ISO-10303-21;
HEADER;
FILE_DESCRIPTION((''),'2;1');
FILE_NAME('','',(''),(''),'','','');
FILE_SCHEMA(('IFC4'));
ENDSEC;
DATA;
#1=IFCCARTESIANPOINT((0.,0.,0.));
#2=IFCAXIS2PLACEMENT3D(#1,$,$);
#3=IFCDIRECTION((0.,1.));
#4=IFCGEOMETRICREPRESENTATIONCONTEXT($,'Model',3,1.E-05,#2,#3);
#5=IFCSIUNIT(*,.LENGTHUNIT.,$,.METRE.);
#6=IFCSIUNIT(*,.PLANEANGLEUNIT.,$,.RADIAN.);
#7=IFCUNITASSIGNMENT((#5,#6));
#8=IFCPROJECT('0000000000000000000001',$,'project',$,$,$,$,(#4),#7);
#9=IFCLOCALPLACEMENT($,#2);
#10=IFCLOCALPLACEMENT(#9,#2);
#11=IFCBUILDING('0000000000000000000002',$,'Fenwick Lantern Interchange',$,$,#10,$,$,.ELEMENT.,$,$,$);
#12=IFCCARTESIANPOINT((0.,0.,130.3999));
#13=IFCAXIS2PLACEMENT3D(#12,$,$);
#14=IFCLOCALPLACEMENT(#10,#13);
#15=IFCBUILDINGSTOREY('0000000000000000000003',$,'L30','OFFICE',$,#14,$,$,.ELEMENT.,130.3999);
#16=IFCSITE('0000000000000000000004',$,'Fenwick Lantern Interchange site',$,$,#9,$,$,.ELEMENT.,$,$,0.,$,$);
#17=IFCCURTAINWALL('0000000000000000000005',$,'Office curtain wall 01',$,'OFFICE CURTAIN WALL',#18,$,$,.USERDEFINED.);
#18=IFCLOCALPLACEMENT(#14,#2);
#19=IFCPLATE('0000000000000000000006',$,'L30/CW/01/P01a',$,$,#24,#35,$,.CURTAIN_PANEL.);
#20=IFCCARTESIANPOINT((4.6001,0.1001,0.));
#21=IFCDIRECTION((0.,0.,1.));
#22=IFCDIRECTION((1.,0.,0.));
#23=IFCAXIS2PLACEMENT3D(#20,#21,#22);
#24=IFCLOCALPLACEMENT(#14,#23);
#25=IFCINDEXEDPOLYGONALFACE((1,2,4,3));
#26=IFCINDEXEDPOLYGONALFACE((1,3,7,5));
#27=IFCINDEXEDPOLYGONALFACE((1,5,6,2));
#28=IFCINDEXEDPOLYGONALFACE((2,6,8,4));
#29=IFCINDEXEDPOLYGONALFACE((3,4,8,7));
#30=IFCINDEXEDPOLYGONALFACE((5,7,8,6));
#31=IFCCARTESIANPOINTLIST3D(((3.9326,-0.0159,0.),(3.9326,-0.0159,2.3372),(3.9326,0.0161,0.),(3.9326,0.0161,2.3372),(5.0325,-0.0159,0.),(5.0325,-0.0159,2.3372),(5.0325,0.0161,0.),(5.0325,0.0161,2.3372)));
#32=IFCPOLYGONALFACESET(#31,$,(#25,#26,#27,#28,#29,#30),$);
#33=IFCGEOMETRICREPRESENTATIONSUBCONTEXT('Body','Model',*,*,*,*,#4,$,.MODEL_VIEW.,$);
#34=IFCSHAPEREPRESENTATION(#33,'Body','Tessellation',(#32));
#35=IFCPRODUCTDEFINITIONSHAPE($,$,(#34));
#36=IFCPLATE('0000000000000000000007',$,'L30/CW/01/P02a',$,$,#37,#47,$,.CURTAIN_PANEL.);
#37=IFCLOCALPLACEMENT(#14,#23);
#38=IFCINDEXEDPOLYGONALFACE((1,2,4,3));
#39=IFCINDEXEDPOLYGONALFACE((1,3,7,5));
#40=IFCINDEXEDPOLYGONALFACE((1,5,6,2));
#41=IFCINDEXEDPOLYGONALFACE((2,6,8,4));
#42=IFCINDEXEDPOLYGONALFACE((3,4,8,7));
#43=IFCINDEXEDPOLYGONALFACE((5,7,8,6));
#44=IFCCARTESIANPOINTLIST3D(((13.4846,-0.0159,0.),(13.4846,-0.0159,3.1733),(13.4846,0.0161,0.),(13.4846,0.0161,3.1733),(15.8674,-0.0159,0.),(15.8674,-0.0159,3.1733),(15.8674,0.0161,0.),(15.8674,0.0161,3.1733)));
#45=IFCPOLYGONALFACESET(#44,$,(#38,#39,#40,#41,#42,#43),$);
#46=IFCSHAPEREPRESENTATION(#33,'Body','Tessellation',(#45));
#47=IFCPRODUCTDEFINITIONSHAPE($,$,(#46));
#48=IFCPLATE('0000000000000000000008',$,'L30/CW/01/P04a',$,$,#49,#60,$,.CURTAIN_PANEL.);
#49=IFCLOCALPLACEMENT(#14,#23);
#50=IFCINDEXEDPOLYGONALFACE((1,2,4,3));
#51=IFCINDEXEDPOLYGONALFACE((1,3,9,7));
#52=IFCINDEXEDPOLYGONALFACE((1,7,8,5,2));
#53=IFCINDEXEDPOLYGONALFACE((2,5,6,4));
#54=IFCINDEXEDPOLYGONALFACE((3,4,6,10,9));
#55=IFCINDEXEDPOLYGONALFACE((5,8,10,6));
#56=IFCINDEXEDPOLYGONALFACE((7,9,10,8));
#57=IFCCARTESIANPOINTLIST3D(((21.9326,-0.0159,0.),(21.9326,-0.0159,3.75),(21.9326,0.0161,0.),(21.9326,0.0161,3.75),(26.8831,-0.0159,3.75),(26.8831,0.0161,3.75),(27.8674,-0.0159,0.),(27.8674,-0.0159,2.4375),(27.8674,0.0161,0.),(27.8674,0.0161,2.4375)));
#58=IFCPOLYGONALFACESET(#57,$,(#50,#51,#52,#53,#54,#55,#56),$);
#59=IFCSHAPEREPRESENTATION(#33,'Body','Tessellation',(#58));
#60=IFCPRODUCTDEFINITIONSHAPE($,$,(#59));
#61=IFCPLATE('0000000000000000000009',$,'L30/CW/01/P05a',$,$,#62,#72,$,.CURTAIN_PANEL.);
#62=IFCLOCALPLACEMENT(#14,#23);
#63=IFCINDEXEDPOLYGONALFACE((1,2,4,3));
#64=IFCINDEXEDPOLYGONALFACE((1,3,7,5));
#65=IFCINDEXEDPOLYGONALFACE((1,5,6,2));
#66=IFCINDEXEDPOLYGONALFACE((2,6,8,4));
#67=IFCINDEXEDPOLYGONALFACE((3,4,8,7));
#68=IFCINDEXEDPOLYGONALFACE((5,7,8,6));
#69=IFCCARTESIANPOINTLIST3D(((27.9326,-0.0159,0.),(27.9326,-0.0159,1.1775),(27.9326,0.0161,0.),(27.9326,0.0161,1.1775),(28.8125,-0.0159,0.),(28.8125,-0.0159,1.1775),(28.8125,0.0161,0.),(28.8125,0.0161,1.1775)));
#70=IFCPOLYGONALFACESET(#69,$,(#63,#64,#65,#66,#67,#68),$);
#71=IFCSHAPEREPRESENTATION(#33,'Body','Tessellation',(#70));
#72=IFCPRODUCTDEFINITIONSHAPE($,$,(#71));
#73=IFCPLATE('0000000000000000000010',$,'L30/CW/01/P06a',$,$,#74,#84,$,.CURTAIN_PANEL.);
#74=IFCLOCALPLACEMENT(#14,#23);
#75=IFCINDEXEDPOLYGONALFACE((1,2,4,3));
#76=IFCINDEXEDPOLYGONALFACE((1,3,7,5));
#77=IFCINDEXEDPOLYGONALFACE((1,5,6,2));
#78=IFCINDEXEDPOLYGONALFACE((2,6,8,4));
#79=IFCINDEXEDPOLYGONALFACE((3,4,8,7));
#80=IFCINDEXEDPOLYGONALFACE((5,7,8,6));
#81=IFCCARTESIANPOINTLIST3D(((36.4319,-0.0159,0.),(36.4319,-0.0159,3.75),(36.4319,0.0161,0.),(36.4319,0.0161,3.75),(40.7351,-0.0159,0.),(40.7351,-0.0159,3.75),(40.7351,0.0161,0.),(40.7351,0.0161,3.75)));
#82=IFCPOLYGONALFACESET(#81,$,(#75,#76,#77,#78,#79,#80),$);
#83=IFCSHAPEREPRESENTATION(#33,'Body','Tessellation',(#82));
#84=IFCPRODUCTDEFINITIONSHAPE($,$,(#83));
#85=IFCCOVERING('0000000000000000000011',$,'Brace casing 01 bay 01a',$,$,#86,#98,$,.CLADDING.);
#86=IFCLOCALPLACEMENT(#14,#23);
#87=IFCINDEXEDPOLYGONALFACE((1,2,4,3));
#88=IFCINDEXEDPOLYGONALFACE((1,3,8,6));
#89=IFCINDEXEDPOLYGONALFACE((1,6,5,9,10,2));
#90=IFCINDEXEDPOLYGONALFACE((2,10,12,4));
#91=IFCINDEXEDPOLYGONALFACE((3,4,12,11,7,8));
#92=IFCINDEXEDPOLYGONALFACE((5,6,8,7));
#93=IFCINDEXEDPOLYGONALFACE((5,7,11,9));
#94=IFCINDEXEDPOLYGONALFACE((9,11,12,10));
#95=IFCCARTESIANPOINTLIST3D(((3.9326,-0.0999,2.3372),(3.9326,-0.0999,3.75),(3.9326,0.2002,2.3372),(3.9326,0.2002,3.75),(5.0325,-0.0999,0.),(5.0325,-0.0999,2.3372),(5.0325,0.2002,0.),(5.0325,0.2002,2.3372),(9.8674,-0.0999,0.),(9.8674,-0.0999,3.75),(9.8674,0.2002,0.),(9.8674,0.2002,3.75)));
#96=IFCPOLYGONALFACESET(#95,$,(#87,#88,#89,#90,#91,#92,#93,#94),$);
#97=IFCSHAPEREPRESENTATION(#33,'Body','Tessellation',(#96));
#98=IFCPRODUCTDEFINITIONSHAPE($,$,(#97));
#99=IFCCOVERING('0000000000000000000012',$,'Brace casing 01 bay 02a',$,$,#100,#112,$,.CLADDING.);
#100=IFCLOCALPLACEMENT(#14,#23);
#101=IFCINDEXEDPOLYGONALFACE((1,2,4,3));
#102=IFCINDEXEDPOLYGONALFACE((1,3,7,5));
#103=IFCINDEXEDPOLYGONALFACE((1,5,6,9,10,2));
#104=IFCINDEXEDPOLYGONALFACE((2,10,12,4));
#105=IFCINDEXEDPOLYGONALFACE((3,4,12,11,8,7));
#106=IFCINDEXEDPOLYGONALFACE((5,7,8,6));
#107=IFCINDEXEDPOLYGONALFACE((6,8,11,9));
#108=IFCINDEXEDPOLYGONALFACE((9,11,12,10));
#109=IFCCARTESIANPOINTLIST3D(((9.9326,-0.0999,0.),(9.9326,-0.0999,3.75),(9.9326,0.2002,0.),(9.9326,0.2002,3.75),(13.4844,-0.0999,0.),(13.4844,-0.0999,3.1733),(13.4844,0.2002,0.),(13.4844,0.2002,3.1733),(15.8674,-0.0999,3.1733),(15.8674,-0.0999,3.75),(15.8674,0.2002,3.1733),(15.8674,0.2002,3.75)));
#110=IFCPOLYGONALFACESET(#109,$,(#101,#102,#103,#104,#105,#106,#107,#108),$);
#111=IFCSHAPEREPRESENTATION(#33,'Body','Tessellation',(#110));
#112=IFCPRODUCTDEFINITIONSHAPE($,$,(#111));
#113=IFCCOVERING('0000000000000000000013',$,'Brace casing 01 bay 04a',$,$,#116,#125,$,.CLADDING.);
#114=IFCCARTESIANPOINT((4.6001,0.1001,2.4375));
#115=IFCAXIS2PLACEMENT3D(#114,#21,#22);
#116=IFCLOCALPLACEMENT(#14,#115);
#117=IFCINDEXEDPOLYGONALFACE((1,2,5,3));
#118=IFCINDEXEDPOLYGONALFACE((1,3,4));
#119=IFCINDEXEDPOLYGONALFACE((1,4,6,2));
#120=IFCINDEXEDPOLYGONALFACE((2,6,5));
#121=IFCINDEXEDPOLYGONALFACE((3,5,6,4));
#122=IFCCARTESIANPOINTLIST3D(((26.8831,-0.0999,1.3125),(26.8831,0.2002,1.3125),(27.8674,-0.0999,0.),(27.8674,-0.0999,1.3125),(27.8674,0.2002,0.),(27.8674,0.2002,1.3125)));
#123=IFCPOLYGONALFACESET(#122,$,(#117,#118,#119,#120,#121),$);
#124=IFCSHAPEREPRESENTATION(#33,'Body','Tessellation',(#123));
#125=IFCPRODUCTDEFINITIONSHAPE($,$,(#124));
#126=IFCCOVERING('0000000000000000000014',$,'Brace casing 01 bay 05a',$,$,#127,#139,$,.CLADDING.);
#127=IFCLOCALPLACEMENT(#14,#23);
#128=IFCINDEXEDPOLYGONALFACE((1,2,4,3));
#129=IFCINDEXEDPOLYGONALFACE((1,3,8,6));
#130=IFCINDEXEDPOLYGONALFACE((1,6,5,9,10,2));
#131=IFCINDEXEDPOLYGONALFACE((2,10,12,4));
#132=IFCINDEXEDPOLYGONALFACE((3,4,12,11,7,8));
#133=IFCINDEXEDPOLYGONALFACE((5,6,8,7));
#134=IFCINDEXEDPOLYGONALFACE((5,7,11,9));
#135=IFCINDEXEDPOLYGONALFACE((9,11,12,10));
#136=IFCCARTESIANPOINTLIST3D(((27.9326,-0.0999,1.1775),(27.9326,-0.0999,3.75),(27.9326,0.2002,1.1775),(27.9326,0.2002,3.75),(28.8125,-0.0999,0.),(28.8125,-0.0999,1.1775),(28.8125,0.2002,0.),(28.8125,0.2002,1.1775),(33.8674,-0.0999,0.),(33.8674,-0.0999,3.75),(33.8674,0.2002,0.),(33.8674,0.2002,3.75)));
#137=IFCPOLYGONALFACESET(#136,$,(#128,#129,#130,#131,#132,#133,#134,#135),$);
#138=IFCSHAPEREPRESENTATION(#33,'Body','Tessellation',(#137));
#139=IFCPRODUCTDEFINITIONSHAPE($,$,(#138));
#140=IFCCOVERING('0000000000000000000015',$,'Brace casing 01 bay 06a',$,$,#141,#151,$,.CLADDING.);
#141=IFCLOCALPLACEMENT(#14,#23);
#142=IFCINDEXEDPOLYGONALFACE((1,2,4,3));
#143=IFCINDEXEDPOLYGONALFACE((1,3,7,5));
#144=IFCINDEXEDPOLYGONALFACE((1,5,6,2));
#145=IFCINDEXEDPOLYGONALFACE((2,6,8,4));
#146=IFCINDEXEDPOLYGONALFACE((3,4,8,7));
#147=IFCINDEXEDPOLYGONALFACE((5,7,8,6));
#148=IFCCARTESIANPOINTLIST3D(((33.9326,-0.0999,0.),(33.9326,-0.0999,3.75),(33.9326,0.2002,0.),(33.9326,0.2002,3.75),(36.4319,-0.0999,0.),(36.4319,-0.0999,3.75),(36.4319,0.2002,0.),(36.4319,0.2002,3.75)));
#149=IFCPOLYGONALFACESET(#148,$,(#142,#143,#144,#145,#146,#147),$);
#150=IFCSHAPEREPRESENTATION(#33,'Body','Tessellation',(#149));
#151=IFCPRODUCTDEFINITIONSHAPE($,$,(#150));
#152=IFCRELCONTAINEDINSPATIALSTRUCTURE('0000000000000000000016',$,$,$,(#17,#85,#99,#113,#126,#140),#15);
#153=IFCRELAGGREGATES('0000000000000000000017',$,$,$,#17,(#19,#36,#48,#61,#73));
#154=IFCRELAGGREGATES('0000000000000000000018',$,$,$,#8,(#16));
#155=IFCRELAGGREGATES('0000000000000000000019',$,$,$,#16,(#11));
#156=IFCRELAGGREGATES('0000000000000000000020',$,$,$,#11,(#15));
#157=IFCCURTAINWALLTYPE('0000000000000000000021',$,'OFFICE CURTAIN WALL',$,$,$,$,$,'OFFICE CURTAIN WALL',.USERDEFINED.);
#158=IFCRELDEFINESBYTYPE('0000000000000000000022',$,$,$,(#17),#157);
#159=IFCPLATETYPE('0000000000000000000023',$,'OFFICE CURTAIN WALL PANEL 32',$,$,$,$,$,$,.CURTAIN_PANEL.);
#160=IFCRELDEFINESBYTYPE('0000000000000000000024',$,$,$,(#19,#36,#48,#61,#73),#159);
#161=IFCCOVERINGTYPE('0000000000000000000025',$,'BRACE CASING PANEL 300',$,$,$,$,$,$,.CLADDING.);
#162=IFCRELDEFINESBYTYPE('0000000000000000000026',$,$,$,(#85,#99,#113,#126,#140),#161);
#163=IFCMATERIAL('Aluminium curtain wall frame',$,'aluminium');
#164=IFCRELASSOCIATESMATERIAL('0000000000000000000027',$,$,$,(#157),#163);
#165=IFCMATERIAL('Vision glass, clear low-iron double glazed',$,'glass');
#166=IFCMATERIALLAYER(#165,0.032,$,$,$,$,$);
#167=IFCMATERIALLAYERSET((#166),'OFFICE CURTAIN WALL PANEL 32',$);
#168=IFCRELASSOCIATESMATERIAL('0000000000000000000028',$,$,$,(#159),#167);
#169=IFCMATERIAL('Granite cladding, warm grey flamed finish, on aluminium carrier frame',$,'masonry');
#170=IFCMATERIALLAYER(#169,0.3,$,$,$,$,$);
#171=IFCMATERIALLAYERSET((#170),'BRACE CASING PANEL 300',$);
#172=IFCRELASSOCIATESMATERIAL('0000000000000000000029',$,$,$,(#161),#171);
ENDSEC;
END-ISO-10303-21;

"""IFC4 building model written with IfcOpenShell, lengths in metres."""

from ifc_helpers import new_model, si_unit, direction, frame, origin, place, context, subcontext, project, spatial, polyline, outline, extrude, material, layer, layer_set, type_object, element, aggregate, save


model = new_model("IFC4")

# Units and contexts
model_context = context("Model", 3, precision=1e-05, world=origin(), true_north=direction((0.0, 1.0)))
body_context = subcontext(model_context, "Body", "Model", "MODEL_VIEW")
ifc_project = project(units=[si_unit("LENGTHUNIT", "METRE"), si_unit("PLANEANGLEUNIT", "RADIAN")], contexts=[model_context])

# Site, building, storey
site_placement = place(None, origin())
site = spatial("IfcSite", under=ifc_project, at=site_placement, Name="Fenwick Lantern Interchange site", CompositionType="ELEMENT", RefElevation=0.0)
building_placement = place(site_placement, origin())
building = spatial("IfcBuilding", under=site, at=building_placement, Name="Fenwick Lantern Interchange", CompositionType="ELEMENT")
storey_placement = place(building_placement, frame((0.0, 0.0, 130.3999)))
storey = spatial("IfcBuildingStorey", under=building, at=storey_placement, Name="L30", Description="OFFICE", CompositionType="ELEMENT", Elevation=130.3999)

# Shared definitions
ifc_material_1 = material(Name="Aluminium curtain wall frame", Category="aluminium")
curtain_wall_type = type_object("IfcCurtainWallType", Name="OFFICE CURTAIN WALL", ElementType="OFFICE CURTAIN WALL", PredefinedType="USERDEFINED", material=ifc_material_1)

# Curtain wall, plates
curtain_wall_1_placement = place(storey_placement, origin())
curtain_wall_1 = element("IfcCurtainWall", 1, at=curtain_wall_1_placement, inside=storey, type_object=curtain_wall_type, Name="Office curtain wall 01", ObjectType="OFFICE CURTAIN WALL", PredefinedType="USERDEFINED")
ifc_material_2 = material(Name="Vision glass, clear low-iron double glazed", Category="glass")
ifc_layer_1 = layer(ifc_material_2, 0.032)
ifc_layer_set_1 = layer_set([ifc_layer_1], Name="OFFICE CURTAIN WALL PANEL 32")
plate_type = type_object("IfcPlateType", Name="OFFICE CURTAIN WALL PANEL 32", PredefinedType="CURTAIN_PANEL", material=ifc_layer_set_1)
plate_1_placement = place(storey_placement, frame((4.6001, 0.1001, 0.0), z_axis=(0.0, 0.0, 1.0), x_axis=(1.0, 0.0, 0.0)))
plate_1 = element("IfcPlate", 2, at=plate_1_placement, type_object=plate_type, Name="L30/CW/01/P01a", PredefinedType="CURTAIN_PANEL", context=body_context, shape_type="SweptSolid", body=[
    extrude(outline(polyline([(3.9326, 0.0), (5.0325, 0.0), (5.0325, 2.3372), (3.9326, 2.3372), (3.9326, 0.0)])), frame((0.0, 0.0161, 0.0), z_axis=(0.0, -1.0, 0.0), x_axis=(1.0, 0.0, 0.0)), (0.0, 0.0, 1.0), 0.032),
])
plate_2_placement = place(storey_placement, frame((4.6001, 0.1001, 0.0), z_axis=(0.0, 0.0, 1.0), x_axis=(1.0, 0.0, 0.0)))
plate_2 = element("IfcPlate", 3, at=plate_2_placement, type_object=plate_type, Name="L30/CW/01/P02a", PredefinedType="CURTAIN_PANEL", context=body_context, shape_type="SweptSolid", body=[
    extrude(outline(polyline([(13.4846, 0.0), (15.8674, 0.0), (15.8674, 3.1733), (13.4846, 3.1733), (13.4846, 0.0)])), frame((0.0, 0.0161, 0.0), z_axis=(0.0, -1.0, 0.0), x_axis=(1.0, 0.0, 0.0)), (0.0, 0.0, 1.0), 0.032),
])
plate_3_placement = place(storey_placement, frame((4.6001, 0.1001, 0.0), z_axis=(0.0, 0.0, 1.0), x_axis=(1.0, 0.0, 0.0)))
plate_3 = element("IfcPlate", 4, at=plate_3_placement, type_object=plate_type, Name="L30/CW/01/P04a", PredefinedType="CURTAIN_PANEL", context=body_context, shape_type="SweptSolid", body=[
    extrude(outline(polyline([(21.9326, 0.0), (27.8674, 0.0), (27.8674, 2.4375), (26.8831, 3.75), (21.9326, 3.75), (21.9326, 0.0)])), frame((0.0, 0.0161, 0.0), z_axis=(0.0, -1.0, 0.0), x_axis=(1.0, 0.0, 0.0)), (0.0, 0.0, 1.0), 0.032),
])
plate_4_placement = place(storey_placement, frame((4.6001, 0.1001, 0.0), z_axis=(0.0, 0.0, 1.0), x_axis=(1.0, 0.0, 0.0)))
plate_4 = element("IfcPlate", 5, at=plate_4_placement, type_object=plate_type, Name="L30/CW/01/P05a", PredefinedType="CURTAIN_PANEL", context=body_context, shape_type="SweptSolid", body=[
    extrude(outline(polyline([(27.9326, 0.0), (28.8125, 0.0), (28.8125, 1.1775), (27.9326, 1.1775), (27.9326, 0.0)])), frame((0.0, 0.0161, 0.0), z_axis=(0.0, -1.0, 0.0), x_axis=(1.0, 0.0, 0.0)), (0.0, 0.0, 1.0), 0.032),
])
plate_5_placement = place(storey_placement, frame((4.6001, 0.1001, 0.0), z_axis=(0.0, 0.0, 1.0), x_axis=(1.0, 0.0, 0.0)))
plate_5 = element("IfcPlate", 6, at=plate_5_placement, type_object=plate_type, Name="L30/CW/01/P06a", PredefinedType="CURTAIN_PANEL", context=body_context, shape_type="SweptSolid", body=[
    extrude(outline(polyline([(36.4319, 0.0), (40.7351, 0.0), (40.7351, 3.75), (36.4319, 3.75), (36.4319, 0.0)])), frame((0.0, 0.0161, 0.0), z_axis=(0.0, -1.0, 0.0), x_axis=(1.0, 0.0, 0.0)), (0.0, 0.0, 1.0), 0.032),
])
aggregate(curtain_wall_1, [plate_1, plate_2, plate_3, plate_4, plate_5])

# Coverings
ifc_material_3 = material(Name="Granite cladding, warm grey flamed finish, on aluminium carrier frame", Category="masonry")
ifc_layer_2 = layer(ifc_material_3, 0.3)
ifc_layer_set_2 = layer_set([ifc_layer_2], Name="BRACE CASING PANEL 300")
covering_type_1 = type_object("IfcCoveringType", Name="BRACE CASING PANEL 300", PredefinedType="CLADDING", material=ifc_layer_set_2)
covering_1_placement = place(storey_placement, frame((4.6001, 0.1001, 0.0), z_axis=(0.0, 0.0, 1.0), x_axis=(1.0, 0.0, 0.0)))
element("IfcCovering", 7, at=covering_1_placement, inside=storey, type_object=covering_type_1, Name="Brace casing 01 bay 01a", PredefinedType="CLADDING", context=body_context, shape_type="SweptSolid", body=[
    extrude(outline(polyline([(5.0325, 0.0), (9.8674, 0.0), (9.8674, 3.75), (3.9326, 3.75), (3.9326, 2.3372), (5.0325, 2.3372), (5.0325, 0.0)])), frame((0.0, 0.2002, 0.0), z_axis=(0.0, -1.0, 0.0), x_axis=(1.0, 0.0, 0.0)), (0.0, 0.0, 1.0), 0.3),
])
covering_2_placement = place(storey_placement, frame((4.6001, 0.1001, 0.0), z_axis=(0.0, 0.0, 1.0), x_axis=(1.0, 0.0, 0.0)))
element("IfcCovering", 8, at=covering_2_placement, inside=storey, type_object=covering_type_1, Name="Brace casing 01 bay 02a", PredefinedType="CLADDING", context=body_context, shape_type="SweptSolid", body=[
    extrude(outline(polyline([(9.9326, 0.0), (13.4844, 0.0), (13.4844, 3.1733), (15.8674, 3.1733), (15.8674, 3.75), (9.9326, 3.75), (9.9326, 0.0)])), frame((0.0, 0.2002, 0.0), z_axis=(0.0, -1.0, 0.0), x_axis=(1.0, 0.0, 0.0)), (0.0, 0.0, 1.0), 0.3),
])
covering_3_placement = place(storey_placement, frame((4.6001, 0.1001, 2.4375), z_axis=(0.0, 0.0, 1.0), x_axis=(1.0, 0.0, 0.0)))
element("IfcCovering", 9, at=covering_3_placement, inside=storey, type_object=covering_type_1, Name="Brace casing 01 bay 04a", PredefinedType="CLADDING", context=body_context, shape_type="SweptSolid", body=[
    extrude(outline(polyline([(27.8674, 0.0), (27.8674, 1.3125), (26.8831, 1.3125), (27.8674, 0.0)])), frame((0.0, 0.2002, 0.0), z_axis=(0.0, -1.0, 0.0), x_axis=(1.0, 0.0, 0.0)), (0.0, 0.0, 1.0), 0.3),
])
covering_4_placement = place(storey_placement, frame((4.6001, 0.1001, 0.0), z_axis=(0.0, 0.0, 1.0), x_axis=(1.0, 0.0, 0.0)))
element("IfcCovering", 10, at=covering_4_placement, inside=storey, type_object=covering_type_1, Name="Brace casing 01 bay 05a", PredefinedType="CLADDING", context=body_context, shape_type="SweptSolid", body=[
    extrude(outline(polyline([(28.8125, 0.0), (33.8674, 0.0), (33.8674, 3.75), (27.9326, 3.75), (27.9326, 1.1775), (28.8125, 1.1775), (28.8125, 0.0)])), frame((0.0, 0.2002, 0.0), z_axis=(0.0, -1.0, 0.0), x_axis=(1.0, 0.0, 0.0)), (0.0, 0.0, 1.0), 0.3),
])
covering_5_placement = place(storey_placement, frame((4.6001, 0.1001, 0.0), z_axis=(0.0, 0.0, 1.0), x_axis=(1.0, 0.0, 0.0)))
element("IfcCovering", 11, at=covering_5_placement, inside=storey, type_object=covering_type_1, Name="Brace casing 01 bay 06a", PredefinedType="CLADDING", context=body_context, shape_type="SweptSolid", body=[
    extrude(outline(polyline([(33.9326, 0.0), (36.4319, 0.0), (36.4319, 3.75), (33.9326, 3.75), (33.9326, 0.0)])), frame((0.0, 0.2002, 0.0), z_axis=(0.0, -1.0, 0.0), x_axis=(1.0, 0.0, 0.0)), (0.0, 0.0, 1.0), 0.3),
])

save(model, "model.ifc")
